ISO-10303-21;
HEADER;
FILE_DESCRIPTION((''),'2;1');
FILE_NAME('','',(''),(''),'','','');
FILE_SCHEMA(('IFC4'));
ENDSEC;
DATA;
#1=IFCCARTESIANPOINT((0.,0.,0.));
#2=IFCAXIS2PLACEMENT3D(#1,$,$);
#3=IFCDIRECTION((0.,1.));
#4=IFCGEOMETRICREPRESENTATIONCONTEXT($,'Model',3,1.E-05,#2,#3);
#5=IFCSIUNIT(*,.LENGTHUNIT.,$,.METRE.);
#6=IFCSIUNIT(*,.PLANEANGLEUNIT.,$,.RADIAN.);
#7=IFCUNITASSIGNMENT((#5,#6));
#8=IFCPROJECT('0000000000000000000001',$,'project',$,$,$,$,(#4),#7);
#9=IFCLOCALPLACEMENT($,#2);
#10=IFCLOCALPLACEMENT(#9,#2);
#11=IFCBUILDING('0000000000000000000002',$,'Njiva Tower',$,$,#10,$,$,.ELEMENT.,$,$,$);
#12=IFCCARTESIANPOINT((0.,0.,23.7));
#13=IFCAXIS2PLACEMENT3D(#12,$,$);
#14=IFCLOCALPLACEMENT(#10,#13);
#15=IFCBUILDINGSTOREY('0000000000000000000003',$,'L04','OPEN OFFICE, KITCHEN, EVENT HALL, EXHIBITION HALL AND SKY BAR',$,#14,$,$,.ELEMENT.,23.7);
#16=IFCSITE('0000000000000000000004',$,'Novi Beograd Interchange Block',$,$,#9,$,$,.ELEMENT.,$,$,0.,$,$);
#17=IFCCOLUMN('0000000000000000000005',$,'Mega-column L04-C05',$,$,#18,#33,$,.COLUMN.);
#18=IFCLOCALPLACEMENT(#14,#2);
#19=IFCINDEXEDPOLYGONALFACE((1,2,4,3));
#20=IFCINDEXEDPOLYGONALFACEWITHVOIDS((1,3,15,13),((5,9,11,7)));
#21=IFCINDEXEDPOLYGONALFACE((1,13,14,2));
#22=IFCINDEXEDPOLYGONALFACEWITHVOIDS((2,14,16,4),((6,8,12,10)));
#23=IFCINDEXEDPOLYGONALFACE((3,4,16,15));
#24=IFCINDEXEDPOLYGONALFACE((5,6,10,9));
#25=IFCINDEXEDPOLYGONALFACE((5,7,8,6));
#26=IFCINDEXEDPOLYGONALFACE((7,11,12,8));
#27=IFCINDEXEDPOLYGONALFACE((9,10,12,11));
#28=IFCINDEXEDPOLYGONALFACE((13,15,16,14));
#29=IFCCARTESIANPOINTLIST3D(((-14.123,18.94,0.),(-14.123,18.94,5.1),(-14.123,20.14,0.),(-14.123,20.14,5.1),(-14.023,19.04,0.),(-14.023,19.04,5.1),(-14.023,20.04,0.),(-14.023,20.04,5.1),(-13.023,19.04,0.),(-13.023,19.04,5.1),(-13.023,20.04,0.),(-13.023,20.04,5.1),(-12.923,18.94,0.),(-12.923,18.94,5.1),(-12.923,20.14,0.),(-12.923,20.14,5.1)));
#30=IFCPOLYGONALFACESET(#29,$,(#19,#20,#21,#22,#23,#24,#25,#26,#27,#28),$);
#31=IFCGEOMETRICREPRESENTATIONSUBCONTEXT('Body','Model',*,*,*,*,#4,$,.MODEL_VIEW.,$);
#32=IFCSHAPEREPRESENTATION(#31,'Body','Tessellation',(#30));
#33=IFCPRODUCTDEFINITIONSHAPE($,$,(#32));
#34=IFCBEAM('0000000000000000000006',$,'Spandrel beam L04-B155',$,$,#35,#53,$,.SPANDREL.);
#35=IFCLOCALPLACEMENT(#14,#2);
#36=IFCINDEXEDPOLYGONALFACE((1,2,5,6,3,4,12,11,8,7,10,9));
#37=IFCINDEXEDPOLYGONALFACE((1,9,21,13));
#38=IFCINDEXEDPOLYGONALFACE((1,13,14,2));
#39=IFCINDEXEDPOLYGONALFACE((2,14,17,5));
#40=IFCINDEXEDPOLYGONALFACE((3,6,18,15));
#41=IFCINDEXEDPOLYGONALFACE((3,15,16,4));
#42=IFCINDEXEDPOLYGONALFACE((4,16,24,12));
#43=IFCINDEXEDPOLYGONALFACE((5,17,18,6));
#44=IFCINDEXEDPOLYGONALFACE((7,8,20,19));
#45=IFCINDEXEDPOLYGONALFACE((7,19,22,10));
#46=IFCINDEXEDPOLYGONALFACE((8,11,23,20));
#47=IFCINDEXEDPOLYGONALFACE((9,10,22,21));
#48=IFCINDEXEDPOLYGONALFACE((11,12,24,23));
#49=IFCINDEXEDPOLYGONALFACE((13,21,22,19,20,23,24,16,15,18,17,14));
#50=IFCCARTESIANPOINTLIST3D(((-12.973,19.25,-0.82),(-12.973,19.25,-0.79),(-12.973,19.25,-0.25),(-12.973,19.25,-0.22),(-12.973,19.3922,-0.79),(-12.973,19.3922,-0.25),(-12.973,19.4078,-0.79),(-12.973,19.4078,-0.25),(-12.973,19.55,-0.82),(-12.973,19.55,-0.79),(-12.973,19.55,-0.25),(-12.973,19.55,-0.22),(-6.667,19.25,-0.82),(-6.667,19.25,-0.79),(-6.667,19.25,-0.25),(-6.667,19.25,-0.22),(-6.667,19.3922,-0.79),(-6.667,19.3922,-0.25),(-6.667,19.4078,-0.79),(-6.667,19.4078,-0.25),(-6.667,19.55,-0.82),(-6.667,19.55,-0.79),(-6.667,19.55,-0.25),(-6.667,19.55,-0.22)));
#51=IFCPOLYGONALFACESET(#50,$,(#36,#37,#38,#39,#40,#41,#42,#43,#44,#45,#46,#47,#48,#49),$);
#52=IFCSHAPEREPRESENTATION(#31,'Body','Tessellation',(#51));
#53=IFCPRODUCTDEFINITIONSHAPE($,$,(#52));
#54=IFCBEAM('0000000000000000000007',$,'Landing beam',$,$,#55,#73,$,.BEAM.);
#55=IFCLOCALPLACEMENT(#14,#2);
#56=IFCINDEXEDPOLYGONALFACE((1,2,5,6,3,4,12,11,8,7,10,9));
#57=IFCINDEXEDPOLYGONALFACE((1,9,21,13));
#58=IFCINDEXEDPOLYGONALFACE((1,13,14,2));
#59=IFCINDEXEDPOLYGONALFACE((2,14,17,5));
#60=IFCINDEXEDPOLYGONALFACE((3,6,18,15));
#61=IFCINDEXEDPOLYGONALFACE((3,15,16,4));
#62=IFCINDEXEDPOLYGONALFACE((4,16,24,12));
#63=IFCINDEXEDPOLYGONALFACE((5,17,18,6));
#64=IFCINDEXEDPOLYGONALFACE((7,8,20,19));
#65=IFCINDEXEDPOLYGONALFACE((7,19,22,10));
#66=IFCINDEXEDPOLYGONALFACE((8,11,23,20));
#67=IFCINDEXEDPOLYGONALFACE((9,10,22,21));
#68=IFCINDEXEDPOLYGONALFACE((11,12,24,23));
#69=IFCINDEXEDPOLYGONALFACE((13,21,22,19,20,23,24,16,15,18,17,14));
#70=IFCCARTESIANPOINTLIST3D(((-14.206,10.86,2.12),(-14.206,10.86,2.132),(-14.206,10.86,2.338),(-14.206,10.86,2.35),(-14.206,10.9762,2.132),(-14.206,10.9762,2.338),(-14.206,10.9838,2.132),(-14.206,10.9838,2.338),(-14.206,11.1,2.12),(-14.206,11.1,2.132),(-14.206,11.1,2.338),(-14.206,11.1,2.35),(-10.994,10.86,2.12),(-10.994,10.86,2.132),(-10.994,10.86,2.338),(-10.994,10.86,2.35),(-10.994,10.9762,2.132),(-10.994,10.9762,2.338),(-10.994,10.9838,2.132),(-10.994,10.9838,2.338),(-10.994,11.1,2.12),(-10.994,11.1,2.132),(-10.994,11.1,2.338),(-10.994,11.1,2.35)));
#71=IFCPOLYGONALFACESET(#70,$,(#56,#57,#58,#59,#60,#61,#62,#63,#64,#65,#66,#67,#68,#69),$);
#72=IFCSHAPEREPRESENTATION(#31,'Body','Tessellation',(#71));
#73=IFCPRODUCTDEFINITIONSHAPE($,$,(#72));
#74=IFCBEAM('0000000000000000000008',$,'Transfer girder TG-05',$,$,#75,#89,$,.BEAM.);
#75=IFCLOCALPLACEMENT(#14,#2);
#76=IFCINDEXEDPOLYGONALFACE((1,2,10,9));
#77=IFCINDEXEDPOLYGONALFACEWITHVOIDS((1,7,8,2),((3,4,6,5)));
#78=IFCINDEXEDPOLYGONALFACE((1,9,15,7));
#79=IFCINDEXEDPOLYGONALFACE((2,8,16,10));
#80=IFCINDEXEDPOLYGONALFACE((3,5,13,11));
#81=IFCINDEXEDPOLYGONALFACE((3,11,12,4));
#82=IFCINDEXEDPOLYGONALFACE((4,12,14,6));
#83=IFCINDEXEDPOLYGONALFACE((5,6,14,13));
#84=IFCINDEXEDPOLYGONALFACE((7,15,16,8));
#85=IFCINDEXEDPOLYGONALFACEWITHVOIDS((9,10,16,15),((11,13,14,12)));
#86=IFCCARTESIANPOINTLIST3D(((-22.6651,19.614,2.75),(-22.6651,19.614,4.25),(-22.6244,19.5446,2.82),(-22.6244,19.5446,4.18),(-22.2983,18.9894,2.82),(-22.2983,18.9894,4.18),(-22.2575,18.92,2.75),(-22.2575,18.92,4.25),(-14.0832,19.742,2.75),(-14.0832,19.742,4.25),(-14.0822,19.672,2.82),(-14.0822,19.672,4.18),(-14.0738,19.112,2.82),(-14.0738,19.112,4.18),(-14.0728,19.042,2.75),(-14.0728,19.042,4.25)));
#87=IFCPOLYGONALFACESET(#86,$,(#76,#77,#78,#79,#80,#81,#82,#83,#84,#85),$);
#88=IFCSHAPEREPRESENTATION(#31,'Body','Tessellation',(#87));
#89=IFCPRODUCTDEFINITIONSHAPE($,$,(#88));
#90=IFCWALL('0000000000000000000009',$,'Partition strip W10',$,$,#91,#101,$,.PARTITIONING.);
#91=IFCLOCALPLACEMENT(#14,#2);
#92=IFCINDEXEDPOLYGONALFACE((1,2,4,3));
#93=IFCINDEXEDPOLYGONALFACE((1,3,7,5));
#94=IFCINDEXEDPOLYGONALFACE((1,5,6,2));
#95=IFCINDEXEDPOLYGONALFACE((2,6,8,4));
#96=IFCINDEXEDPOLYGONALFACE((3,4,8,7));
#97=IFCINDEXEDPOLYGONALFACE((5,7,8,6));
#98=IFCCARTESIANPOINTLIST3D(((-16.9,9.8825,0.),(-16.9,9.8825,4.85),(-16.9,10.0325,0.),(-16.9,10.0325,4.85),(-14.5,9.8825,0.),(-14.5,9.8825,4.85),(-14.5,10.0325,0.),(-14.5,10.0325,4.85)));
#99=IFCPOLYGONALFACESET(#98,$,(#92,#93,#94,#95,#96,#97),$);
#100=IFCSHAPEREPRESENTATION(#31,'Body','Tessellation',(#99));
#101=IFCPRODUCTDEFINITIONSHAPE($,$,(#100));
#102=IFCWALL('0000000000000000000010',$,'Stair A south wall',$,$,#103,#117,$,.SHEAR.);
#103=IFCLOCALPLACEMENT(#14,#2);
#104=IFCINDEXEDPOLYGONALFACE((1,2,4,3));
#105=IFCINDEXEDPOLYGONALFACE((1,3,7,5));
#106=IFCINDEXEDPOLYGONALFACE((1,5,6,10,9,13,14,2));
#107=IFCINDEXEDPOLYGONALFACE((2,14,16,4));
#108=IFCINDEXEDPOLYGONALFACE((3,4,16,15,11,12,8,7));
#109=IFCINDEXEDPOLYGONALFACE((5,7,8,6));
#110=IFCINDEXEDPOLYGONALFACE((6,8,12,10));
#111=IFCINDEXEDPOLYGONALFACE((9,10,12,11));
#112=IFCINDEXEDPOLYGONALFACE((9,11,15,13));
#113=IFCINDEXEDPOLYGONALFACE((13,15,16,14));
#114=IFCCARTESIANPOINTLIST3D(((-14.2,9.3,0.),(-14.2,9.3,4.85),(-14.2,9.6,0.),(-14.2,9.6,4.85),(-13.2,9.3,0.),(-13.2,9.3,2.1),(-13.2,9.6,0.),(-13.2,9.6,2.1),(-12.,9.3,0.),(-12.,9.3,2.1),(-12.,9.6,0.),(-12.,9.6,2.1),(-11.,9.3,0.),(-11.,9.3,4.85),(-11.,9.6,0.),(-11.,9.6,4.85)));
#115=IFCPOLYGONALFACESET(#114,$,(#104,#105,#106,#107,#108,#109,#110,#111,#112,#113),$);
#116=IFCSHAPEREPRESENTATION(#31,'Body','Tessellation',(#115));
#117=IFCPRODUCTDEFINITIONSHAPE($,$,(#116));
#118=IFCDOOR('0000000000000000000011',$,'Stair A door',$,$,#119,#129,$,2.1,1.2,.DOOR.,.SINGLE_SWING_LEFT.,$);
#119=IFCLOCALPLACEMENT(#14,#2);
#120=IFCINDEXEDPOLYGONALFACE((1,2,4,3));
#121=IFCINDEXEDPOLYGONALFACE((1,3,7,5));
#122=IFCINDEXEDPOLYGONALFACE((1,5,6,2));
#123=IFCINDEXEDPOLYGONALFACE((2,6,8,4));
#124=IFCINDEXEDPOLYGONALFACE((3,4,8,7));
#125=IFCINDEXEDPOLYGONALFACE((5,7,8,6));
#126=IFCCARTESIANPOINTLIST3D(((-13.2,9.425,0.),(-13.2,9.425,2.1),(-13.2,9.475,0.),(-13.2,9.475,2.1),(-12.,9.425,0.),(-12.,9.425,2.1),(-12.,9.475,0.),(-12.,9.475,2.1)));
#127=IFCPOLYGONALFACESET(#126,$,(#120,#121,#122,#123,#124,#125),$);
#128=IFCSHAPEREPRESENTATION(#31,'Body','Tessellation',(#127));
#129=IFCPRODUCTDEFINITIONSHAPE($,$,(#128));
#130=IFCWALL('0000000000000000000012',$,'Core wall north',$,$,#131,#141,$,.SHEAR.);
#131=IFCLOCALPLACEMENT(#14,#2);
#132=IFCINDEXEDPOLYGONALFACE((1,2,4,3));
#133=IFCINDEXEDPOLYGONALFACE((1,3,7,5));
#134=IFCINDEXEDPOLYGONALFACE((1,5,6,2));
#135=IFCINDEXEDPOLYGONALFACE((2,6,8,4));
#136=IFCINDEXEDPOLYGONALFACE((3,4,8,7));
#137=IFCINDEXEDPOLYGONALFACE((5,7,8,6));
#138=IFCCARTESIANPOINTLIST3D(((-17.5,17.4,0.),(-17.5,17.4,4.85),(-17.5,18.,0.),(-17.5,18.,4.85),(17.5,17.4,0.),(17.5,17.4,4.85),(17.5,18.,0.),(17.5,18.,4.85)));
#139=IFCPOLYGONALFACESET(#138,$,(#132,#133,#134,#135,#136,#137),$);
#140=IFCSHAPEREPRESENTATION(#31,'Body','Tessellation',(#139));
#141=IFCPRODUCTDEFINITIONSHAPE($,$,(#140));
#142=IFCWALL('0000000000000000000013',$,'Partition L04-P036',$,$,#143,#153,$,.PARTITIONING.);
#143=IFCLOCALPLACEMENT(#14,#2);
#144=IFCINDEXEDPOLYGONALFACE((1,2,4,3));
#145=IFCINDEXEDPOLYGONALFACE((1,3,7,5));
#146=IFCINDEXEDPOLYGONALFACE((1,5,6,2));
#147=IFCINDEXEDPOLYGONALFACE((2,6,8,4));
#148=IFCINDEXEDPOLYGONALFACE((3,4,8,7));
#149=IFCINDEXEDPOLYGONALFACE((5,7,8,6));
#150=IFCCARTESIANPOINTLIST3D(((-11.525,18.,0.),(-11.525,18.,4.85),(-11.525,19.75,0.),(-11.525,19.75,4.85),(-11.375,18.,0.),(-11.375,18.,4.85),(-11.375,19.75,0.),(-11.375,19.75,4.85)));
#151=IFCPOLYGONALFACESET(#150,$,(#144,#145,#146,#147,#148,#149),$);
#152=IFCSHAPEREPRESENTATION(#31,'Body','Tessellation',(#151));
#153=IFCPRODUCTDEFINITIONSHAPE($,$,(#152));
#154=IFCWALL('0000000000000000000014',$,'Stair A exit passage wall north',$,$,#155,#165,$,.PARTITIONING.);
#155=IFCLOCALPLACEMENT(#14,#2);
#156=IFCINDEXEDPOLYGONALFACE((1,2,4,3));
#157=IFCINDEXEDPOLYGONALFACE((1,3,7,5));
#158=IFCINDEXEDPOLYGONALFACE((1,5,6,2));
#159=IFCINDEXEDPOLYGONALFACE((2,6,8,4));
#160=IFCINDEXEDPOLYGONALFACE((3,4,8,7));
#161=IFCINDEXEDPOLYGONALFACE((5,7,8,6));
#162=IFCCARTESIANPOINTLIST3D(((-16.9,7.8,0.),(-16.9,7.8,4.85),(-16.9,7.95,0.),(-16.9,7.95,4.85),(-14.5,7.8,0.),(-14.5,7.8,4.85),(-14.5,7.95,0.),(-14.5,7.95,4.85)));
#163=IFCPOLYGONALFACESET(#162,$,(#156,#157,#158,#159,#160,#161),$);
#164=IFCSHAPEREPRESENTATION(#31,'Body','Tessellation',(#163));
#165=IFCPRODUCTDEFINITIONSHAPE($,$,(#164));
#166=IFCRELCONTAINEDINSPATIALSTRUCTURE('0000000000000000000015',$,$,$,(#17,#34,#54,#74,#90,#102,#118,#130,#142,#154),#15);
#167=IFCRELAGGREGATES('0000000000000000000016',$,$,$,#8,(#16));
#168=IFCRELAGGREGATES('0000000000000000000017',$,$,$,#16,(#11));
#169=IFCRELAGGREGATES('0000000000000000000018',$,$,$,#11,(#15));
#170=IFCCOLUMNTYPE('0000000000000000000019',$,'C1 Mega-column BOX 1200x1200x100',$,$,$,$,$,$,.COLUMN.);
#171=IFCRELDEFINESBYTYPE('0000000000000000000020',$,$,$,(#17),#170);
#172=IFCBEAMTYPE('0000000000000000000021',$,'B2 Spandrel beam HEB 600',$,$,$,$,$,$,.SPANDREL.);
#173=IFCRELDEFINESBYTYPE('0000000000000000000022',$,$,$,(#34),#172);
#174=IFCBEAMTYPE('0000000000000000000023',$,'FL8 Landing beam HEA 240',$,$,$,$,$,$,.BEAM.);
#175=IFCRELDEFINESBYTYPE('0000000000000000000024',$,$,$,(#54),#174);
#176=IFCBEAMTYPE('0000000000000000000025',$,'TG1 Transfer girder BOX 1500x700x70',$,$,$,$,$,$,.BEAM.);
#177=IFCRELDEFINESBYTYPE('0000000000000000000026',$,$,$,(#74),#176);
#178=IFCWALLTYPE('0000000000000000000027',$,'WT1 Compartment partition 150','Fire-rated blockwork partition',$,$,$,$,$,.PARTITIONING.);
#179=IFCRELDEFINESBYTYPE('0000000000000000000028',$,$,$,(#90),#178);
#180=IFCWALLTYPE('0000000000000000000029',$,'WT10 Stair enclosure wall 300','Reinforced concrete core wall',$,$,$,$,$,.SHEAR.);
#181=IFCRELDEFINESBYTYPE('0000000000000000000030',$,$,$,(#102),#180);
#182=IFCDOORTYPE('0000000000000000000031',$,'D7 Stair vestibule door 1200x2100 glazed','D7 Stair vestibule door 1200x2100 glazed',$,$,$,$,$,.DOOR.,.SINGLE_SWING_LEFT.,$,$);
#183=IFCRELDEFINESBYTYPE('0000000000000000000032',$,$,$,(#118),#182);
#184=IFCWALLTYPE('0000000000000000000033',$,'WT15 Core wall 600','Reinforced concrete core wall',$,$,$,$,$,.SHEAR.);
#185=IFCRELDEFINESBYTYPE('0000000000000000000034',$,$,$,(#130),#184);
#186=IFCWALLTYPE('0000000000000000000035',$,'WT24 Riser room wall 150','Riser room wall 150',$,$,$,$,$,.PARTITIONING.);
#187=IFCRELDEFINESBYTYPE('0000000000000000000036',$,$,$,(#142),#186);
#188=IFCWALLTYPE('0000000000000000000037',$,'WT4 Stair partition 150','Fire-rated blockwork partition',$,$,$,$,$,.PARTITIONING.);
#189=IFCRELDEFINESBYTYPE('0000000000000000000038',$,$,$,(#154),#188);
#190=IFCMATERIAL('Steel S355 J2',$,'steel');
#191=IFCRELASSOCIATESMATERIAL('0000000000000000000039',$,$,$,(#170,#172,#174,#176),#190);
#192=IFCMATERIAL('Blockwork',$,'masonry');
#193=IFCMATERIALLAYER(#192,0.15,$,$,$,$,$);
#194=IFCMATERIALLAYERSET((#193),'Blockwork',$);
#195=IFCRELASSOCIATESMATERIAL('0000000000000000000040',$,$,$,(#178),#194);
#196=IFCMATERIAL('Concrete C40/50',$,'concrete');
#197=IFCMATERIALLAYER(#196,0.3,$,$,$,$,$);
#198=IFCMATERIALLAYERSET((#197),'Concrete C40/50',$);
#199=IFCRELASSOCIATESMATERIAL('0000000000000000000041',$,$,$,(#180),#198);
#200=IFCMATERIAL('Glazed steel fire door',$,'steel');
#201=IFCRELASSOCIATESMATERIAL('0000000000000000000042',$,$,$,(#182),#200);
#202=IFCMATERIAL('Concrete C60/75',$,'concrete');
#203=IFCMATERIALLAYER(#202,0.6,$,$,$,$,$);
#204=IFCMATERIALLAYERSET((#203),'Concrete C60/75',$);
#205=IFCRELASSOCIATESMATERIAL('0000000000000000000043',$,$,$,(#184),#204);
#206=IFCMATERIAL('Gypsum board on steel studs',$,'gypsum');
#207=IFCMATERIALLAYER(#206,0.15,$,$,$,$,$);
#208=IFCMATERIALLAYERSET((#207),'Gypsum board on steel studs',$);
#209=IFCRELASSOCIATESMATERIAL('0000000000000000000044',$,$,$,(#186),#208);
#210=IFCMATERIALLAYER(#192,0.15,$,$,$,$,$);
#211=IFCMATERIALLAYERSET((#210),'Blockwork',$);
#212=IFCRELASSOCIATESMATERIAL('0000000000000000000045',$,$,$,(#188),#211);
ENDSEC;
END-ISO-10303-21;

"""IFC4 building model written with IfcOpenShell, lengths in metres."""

from ifc_helpers import new_model, si_unit, direction, frame, frame_2d, origin, origin_2d, place, context, subcontext, project, spatial, rectangle, hollow_rectangle, i_section, extrude, clip, halfspace, material, layer, layer_set, material_profile, profile_set, type_object, element, fill, save


model = new_model("IFC4")

# Units and contexts
model_context = context("Model", 3, precision=1e-05, world=origin(), true_north=direction((0.0, 1.0)))
body_context = subcontext(model_context, "Body", "Model", "MODEL_VIEW")
ifc_project = project(units=[si_unit("LENGTHUNIT", "METRE"), si_unit("PLANEANGLEUNIT", "RADIAN")], contexts=[model_context])

# Site, building, storey
site_placement = place(None, origin())
site = spatial("IfcSite", under=ifc_project, at=site_placement, Name="Novi Beograd Interchange Block", CompositionType="ELEMENT", RefElevation=0.0)
building_placement = place(site_placement, origin())
building = spatial("IfcBuilding", under=site, at=building_placement, Name="Njiva Tower", CompositionType="ELEMENT")
storey_placement = place(building_placement, frame((0.0, 0.0, 23.7)))
storey = spatial("IfcBuildingStorey", under=building, at=storey_placement, Name="L04", Description="OPEN OFFICE, KITCHEN, EVENT HALL, EXHIBITION HALL AND SKY BAR", CompositionType="ELEMENT", Elevation=23.7)

# Column
ifc_material_1 = material(Name="Steel S355 J2", Category="steel")
ifc_material_profile_1 = material_profile(ifc_material_1, hollow_rectangle(XDim=1.2, YDim=1.2, WallThickness=0.1, at=origin_2d()), Name="BOX 1200x1200x100")
ifc_profile_set_1 = profile_set([ifc_material_profile_1], Name="Steel S355 J2")
column_type = type_object("IfcColumnType", Name="C1 Mega-column BOX 1200x1200x100", PredefinedType="COLUMN", material=ifc_profile_set_1)
column_placement = place(storey_placement, frame((-13.523, 19.54, 0.0), z_axis=(0.0, 0.0, 1.0), x_axis=(-1.0, 0.0, 0.0)))
element("IfcColumn", 1, at=column_placement, inside=storey, type_object=column_type, Name="Mega-column L04-C05", PredefinedType="COLUMN", context=body_context, shape_type="SweptSolid", body=[
    extrude(hollow_rectangle(XDim=1.2, YDim=1.2, WallThickness=0.1, at=origin_2d()), origin(), (0.0, 0.0, 1.0), 5.1),
])

# Beams
ifc_material_profile_2 = material_profile(ifc_material_1, i_section(OverallWidth=0.3, OverallDepth=0.6, WebThickness=0.0155, FlangeThickness=0.03, at=origin_2d()), Name="HEB 600")
ifc_profile_set_2 = profile_set([ifc_material_profile_2], Name="Steel S355 J2")
beam_type_1 = type_object("IfcBeamType", Name="B2 Spandrel beam HEB 600", PredefinedType="SPANDREL", material=ifc_profile_set_2)
beam_1_placement = place(storey_placement, frame((-12.973, 19.4, -0.52), z_axis=(1.0, 0.0, 0.0), x_axis=(0.0, 1.0, 0.0)))
element("IfcBeam", 2, at=beam_1_placement, inside=storey, type_object=beam_type_1, Name="Spandrel beam L04-B155", PredefinedType="SPANDREL", context=body_context, shape_type="SweptSolid", body=[
    extrude(i_section(OverallWidth=0.3, OverallDepth=0.6, WebThickness=0.0155, FlangeThickness=0.03, at=origin_2d()), origin(), (0.0, 0.0, 1.0), 6.306),
])
ifc_material_profile_3 = material_profile(ifc_material_1, i_section(OverallWidth=0.24, OverallDepth=0.23, WebThickness=0.0075, FlangeThickness=0.012, at=origin_2d()), Name="HEA240")
ifc_profile_set_3 = profile_set([ifc_material_profile_3], Name="Steel S355 J2")
beam_type_2 = type_object("IfcBeamType", Name="FL8 Landing beam HEA 240", PredefinedType="BEAM", material=ifc_profile_set_3)
beam_2_placement = place(storey_placement, frame((-14.206, 10.98, 2.235), z_axis=(1.0, 0.0, 0.0), x_axis=(0.0, 1.0, 0.0)))
element("IfcBeam", 3, at=beam_2_placement, inside=storey, type_object=beam_type_2, Name="Landing beam", PredefinedType="BEAM", context=body_context, shape_type="SweptSolid", body=[
    extrude(i_section(OverallWidth=0.24, OverallDepth=0.23, WebThickness=0.0075, FlangeThickness=0.012, at=origin_2d()), origin(), (0.0, 0.0, 1.0), 3.212),
])
ifc_material_profile_4 = material_profile(ifc_material_1, hollow_rectangle(XDim=0.7, YDim=1.5, WallThickness=0.07, at=origin_2d()), Name="BOX 1500x700x70")
ifc_profile_set_4 = profile_set([ifc_material_profile_4], Name="Steel S355 J2")
beam_type_3 = type_object("IfcBeamType", Name="TG1 Transfer girder BOX 1500x700x70", PredefinedType="BEAM", material=ifc_profile_set_4)
beam_3_placement = place(storey_placement, frame((-14.078, 19.392, 3.5), z_axis=(-0.999889, -0.014909, 0.0), x_axis=(0.014909, -0.999889, 0.0)))
element("IfcBeam", 4, at=beam_3_placement, inside=storey, type_object=beam_type_3, Name="Transfer girder TG-05", PredefinedType="BEAM", context=body_context, shape_type="Clipping", body=[
    clip(extrude(hollow_rectangle(XDim=0.7, YDim=1.5, WallThickness=0.07, at=origin_2d()), origin(), (0.0, 0.0, 1.0), 8.6129), halfspace(frame((0.0001, 0.0, 8.3842), z_axis=(0.493518, 0.0, 0.869736), x_axis=(0.0, 1.0, 0.0)), False)),
])

# Wall
ifc_material_2 = material(Name="Blockwork", Category="masonry")
ifc_layer_1 = layer(ifc_material_2, 0.15)
ifc_layer_set_1 = layer_set([ifc_layer_1], Name="Blockwork")
wall_type_1 = type_object("IfcWallType", Name="WT1 Compartment partition 150", Description="Fire-rated blockwork partition", PredefinedType="PARTITIONING", material=ifc_layer_set_1)
wall_1_placement = place(storey_placement, frame((-16.9, 9.9575, 0.0), z_axis=(0.0, 0.0, 1.0), x_axis=(1.0, 0.0, 0.0)))
element("IfcWall", 5, at=wall_1_placement, inside=storey, type_object=wall_type_1, Name="Partition strip W10", PredefinedType="PARTITIONING", context=body_context, shape_type="SweptSolid", body=[
    extrude(rectangle(XDim=2.4, YDim=0.15, at=frame_2d((1.2, 0.0))), origin(), (0.0, 0.0, 1.0), 4.85),
])

# Wall, opening, door
ifc_material_3 = material(Name="Concrete C40/50", Category="concrete")
ifc_layer_2 = layer(ifc_material_3, 0.3)
ifc_layer_set_2 = layer_set([ifc_layer_2], Name="Concrete C40/50")
wall_type_2 = type_object("IfcWallType", Name="WT10 Stair enclosure wall 300", Description="Reinforced concrete core wall", PredefinedType="SHEAR", material=ifc_layer_set_2)
wall_2_placement = place(storey_placement, frame((-14.2, 9.45, 0.0), z_axis=(0.0, 0.0, 1.0), x_axis=(1.0, 0.0, 0.0)))
wall_2 = element("IfcWall", 6, at=wall_2_placement, inside=storey, type_object=wall_type_2, Name="Stair A south wall", PredefinedType="SHEAR", context=body_context, shape_type="SweptSolid", body=[
    extrude(rectangle(XDim=3.2, YDim=0.3, at=frame_2d((1.6, 0.0))), origin(), (0.0, 0.0, 1.0), 4.85),
])
opening_1_placement = place(wall_2_placement, frame((1.0, 0.0, 0.0)))
opening_1 = element("IfcOpeningElement", 7, at=opening_1_placement, cuts=wall_2, PredefinedType="OPENING", context=body_context, shape_type="SweptSolid", body=[
    extrude(rectangle(XDim=1.2, YDim=2.1, at=frame_2d((0.6, 1.05))), frame((0.0, 0.16, 0.0), z_axis=(0.0, -1.0, 0.0), x_axis=(1.0, 0.0, 0.0)), (0.0, 0.0, 1.0), 0.32),
])
ifc_material_4 = material(Name="Glazed steel fire door", Category="steel")
door_type_1 = type_object("IfcDoorType", Name="D7 Stair vestibule door 1200x2100 glazed", Description="D7 Stair vestibule door 1200x2100 glazed", OperationType="SINGLE_SWING_LEFT", PredefinedType="DOOR", material=ifc_material_4)
door_1_placement = place(opening_1_placement, origin())
door_1 = element("IfcDoor", 8, at=door_1_placement, inside=storey, type_object=door_type_1, Name="Stair A door", OperationType="SINGLE_SWING_LEFT", OverallHeight=2.1, OverallWidth=1.2, PredefinedType="DOOR", context=body_context, shape_type="SweptSolid", body=[
    extrude(rectangle(XDim=1.2, YDim=2.1, at=frame_2d((0.6, 1.05))), frame((0.0, 0.025, 0.0), z_axis=(0.0, -1.0, 0.0), x_axis=(1.0, 0.0, 0.0)), (0.0, 0.0, 1.0), 0.05),
])
fill(opening_1, door_1)

# Walls
ifc_material_5 = material(Name="Concrete C60/75", Category="concrete")
ifc_layer_3 = layer(ifc_material_5, 0.6)
ifc_layer_set_3 = layer_set([ifc_layer_3], Name="Concrete C60/75")
wall_type_3 = type_object("IfcWallType", Name="WT15 Core wall 600", Description="Reinforced concrete core wall", PredefinedType="SHEAR", material=ifc_layer_set_3)
wall_3_placement = place(storey_placement, frame((-17.5, 17.7, 0.0), z_axis=(0.0, 0.0, 1.0), x_axis=(1.0, 0.0, 0.0)))
element("IfcWall", 9, at=wall_3_placement, inside=storey, type_object=wall_type_3, Name="Core wall north", PredefinedType="SHEAR", context=body_context, shape_type="SweptSolid", body=[
    extrude(rectangle(XDim=35.0, YDim=0.6, at=frame_2d((17.5, 0.0))), origin(), (0.0, 0.0, 1.0), 4.85),
])
ifc_material_6 = material(Name="Gypsum board on steel studs", Category="gypsum")
ifc_layer_4 = layer(ifc_material_6, 0.15)
ifc_layer_set_4 = layer_set([ifc_layer_4], Name="Gypsum board on steel studs")
wall_type_4 = type_object("IfcWallType", Name="WT24 Riser room wall 150", Description="Riser room wall 150", PredefinedType="PARTITIONING", material=ifc_layer_set_4)
wall_4_placement = place(storey_placement, frame((-11.45, 18.0, 0.0), z_axis=(0.0, 0.0, 1.0), x_axis=(0.0, 1.0, 0.0)))
element("IfcWall", 10, at=wall_4_placement, inside=storey, type_object=wall_type_4, Name="Partition L04-P036", PredefinedType="PARTITIONING", context=body_context, shape_type="SweptSolid", body=[
    extrude(rectangle(XDim=1.75, YDim=0.15, at=frame_2d((0.875, 0.0))), origin(), (0.0, 0.0, 1.0), 4.85),
])
ifc_layer_5 = layer(ifc_material_2, 0.15)
ifc_layer_set_5 = layer_set([ifc_layer_5], Name="Blockwork")
wall_type_5 = type_object("IfcWallType", Name="WT4 Stair partition 150", Description="Fire-rated blockwork partition", PredefinedType="PARTITIONING", material=ifc_layer_set_5)
wall_5_placement = place(storey_placement, frame((-16.9, 7.875, 0.0), z_axis=(0.0, 0.0, 1.0), x_axis=(1.0, 0.0, 0.0)))
element("IfcWall", 11, at=wall_5_placement, inside=storey, type_object=wall_type_5, Name="Stair A exit passage wall north", PredefinedType="PARTITIONING", context=body_context, shape_type="SweptSolid", body=[
    extrude(rectangle(XDim=2.4, YDim=0.15, at=frame_2d((1.2, 0.0))), origin(), (0.0, 0.0, 1.0), 4.85),
])

save(model, "model.ifc")
